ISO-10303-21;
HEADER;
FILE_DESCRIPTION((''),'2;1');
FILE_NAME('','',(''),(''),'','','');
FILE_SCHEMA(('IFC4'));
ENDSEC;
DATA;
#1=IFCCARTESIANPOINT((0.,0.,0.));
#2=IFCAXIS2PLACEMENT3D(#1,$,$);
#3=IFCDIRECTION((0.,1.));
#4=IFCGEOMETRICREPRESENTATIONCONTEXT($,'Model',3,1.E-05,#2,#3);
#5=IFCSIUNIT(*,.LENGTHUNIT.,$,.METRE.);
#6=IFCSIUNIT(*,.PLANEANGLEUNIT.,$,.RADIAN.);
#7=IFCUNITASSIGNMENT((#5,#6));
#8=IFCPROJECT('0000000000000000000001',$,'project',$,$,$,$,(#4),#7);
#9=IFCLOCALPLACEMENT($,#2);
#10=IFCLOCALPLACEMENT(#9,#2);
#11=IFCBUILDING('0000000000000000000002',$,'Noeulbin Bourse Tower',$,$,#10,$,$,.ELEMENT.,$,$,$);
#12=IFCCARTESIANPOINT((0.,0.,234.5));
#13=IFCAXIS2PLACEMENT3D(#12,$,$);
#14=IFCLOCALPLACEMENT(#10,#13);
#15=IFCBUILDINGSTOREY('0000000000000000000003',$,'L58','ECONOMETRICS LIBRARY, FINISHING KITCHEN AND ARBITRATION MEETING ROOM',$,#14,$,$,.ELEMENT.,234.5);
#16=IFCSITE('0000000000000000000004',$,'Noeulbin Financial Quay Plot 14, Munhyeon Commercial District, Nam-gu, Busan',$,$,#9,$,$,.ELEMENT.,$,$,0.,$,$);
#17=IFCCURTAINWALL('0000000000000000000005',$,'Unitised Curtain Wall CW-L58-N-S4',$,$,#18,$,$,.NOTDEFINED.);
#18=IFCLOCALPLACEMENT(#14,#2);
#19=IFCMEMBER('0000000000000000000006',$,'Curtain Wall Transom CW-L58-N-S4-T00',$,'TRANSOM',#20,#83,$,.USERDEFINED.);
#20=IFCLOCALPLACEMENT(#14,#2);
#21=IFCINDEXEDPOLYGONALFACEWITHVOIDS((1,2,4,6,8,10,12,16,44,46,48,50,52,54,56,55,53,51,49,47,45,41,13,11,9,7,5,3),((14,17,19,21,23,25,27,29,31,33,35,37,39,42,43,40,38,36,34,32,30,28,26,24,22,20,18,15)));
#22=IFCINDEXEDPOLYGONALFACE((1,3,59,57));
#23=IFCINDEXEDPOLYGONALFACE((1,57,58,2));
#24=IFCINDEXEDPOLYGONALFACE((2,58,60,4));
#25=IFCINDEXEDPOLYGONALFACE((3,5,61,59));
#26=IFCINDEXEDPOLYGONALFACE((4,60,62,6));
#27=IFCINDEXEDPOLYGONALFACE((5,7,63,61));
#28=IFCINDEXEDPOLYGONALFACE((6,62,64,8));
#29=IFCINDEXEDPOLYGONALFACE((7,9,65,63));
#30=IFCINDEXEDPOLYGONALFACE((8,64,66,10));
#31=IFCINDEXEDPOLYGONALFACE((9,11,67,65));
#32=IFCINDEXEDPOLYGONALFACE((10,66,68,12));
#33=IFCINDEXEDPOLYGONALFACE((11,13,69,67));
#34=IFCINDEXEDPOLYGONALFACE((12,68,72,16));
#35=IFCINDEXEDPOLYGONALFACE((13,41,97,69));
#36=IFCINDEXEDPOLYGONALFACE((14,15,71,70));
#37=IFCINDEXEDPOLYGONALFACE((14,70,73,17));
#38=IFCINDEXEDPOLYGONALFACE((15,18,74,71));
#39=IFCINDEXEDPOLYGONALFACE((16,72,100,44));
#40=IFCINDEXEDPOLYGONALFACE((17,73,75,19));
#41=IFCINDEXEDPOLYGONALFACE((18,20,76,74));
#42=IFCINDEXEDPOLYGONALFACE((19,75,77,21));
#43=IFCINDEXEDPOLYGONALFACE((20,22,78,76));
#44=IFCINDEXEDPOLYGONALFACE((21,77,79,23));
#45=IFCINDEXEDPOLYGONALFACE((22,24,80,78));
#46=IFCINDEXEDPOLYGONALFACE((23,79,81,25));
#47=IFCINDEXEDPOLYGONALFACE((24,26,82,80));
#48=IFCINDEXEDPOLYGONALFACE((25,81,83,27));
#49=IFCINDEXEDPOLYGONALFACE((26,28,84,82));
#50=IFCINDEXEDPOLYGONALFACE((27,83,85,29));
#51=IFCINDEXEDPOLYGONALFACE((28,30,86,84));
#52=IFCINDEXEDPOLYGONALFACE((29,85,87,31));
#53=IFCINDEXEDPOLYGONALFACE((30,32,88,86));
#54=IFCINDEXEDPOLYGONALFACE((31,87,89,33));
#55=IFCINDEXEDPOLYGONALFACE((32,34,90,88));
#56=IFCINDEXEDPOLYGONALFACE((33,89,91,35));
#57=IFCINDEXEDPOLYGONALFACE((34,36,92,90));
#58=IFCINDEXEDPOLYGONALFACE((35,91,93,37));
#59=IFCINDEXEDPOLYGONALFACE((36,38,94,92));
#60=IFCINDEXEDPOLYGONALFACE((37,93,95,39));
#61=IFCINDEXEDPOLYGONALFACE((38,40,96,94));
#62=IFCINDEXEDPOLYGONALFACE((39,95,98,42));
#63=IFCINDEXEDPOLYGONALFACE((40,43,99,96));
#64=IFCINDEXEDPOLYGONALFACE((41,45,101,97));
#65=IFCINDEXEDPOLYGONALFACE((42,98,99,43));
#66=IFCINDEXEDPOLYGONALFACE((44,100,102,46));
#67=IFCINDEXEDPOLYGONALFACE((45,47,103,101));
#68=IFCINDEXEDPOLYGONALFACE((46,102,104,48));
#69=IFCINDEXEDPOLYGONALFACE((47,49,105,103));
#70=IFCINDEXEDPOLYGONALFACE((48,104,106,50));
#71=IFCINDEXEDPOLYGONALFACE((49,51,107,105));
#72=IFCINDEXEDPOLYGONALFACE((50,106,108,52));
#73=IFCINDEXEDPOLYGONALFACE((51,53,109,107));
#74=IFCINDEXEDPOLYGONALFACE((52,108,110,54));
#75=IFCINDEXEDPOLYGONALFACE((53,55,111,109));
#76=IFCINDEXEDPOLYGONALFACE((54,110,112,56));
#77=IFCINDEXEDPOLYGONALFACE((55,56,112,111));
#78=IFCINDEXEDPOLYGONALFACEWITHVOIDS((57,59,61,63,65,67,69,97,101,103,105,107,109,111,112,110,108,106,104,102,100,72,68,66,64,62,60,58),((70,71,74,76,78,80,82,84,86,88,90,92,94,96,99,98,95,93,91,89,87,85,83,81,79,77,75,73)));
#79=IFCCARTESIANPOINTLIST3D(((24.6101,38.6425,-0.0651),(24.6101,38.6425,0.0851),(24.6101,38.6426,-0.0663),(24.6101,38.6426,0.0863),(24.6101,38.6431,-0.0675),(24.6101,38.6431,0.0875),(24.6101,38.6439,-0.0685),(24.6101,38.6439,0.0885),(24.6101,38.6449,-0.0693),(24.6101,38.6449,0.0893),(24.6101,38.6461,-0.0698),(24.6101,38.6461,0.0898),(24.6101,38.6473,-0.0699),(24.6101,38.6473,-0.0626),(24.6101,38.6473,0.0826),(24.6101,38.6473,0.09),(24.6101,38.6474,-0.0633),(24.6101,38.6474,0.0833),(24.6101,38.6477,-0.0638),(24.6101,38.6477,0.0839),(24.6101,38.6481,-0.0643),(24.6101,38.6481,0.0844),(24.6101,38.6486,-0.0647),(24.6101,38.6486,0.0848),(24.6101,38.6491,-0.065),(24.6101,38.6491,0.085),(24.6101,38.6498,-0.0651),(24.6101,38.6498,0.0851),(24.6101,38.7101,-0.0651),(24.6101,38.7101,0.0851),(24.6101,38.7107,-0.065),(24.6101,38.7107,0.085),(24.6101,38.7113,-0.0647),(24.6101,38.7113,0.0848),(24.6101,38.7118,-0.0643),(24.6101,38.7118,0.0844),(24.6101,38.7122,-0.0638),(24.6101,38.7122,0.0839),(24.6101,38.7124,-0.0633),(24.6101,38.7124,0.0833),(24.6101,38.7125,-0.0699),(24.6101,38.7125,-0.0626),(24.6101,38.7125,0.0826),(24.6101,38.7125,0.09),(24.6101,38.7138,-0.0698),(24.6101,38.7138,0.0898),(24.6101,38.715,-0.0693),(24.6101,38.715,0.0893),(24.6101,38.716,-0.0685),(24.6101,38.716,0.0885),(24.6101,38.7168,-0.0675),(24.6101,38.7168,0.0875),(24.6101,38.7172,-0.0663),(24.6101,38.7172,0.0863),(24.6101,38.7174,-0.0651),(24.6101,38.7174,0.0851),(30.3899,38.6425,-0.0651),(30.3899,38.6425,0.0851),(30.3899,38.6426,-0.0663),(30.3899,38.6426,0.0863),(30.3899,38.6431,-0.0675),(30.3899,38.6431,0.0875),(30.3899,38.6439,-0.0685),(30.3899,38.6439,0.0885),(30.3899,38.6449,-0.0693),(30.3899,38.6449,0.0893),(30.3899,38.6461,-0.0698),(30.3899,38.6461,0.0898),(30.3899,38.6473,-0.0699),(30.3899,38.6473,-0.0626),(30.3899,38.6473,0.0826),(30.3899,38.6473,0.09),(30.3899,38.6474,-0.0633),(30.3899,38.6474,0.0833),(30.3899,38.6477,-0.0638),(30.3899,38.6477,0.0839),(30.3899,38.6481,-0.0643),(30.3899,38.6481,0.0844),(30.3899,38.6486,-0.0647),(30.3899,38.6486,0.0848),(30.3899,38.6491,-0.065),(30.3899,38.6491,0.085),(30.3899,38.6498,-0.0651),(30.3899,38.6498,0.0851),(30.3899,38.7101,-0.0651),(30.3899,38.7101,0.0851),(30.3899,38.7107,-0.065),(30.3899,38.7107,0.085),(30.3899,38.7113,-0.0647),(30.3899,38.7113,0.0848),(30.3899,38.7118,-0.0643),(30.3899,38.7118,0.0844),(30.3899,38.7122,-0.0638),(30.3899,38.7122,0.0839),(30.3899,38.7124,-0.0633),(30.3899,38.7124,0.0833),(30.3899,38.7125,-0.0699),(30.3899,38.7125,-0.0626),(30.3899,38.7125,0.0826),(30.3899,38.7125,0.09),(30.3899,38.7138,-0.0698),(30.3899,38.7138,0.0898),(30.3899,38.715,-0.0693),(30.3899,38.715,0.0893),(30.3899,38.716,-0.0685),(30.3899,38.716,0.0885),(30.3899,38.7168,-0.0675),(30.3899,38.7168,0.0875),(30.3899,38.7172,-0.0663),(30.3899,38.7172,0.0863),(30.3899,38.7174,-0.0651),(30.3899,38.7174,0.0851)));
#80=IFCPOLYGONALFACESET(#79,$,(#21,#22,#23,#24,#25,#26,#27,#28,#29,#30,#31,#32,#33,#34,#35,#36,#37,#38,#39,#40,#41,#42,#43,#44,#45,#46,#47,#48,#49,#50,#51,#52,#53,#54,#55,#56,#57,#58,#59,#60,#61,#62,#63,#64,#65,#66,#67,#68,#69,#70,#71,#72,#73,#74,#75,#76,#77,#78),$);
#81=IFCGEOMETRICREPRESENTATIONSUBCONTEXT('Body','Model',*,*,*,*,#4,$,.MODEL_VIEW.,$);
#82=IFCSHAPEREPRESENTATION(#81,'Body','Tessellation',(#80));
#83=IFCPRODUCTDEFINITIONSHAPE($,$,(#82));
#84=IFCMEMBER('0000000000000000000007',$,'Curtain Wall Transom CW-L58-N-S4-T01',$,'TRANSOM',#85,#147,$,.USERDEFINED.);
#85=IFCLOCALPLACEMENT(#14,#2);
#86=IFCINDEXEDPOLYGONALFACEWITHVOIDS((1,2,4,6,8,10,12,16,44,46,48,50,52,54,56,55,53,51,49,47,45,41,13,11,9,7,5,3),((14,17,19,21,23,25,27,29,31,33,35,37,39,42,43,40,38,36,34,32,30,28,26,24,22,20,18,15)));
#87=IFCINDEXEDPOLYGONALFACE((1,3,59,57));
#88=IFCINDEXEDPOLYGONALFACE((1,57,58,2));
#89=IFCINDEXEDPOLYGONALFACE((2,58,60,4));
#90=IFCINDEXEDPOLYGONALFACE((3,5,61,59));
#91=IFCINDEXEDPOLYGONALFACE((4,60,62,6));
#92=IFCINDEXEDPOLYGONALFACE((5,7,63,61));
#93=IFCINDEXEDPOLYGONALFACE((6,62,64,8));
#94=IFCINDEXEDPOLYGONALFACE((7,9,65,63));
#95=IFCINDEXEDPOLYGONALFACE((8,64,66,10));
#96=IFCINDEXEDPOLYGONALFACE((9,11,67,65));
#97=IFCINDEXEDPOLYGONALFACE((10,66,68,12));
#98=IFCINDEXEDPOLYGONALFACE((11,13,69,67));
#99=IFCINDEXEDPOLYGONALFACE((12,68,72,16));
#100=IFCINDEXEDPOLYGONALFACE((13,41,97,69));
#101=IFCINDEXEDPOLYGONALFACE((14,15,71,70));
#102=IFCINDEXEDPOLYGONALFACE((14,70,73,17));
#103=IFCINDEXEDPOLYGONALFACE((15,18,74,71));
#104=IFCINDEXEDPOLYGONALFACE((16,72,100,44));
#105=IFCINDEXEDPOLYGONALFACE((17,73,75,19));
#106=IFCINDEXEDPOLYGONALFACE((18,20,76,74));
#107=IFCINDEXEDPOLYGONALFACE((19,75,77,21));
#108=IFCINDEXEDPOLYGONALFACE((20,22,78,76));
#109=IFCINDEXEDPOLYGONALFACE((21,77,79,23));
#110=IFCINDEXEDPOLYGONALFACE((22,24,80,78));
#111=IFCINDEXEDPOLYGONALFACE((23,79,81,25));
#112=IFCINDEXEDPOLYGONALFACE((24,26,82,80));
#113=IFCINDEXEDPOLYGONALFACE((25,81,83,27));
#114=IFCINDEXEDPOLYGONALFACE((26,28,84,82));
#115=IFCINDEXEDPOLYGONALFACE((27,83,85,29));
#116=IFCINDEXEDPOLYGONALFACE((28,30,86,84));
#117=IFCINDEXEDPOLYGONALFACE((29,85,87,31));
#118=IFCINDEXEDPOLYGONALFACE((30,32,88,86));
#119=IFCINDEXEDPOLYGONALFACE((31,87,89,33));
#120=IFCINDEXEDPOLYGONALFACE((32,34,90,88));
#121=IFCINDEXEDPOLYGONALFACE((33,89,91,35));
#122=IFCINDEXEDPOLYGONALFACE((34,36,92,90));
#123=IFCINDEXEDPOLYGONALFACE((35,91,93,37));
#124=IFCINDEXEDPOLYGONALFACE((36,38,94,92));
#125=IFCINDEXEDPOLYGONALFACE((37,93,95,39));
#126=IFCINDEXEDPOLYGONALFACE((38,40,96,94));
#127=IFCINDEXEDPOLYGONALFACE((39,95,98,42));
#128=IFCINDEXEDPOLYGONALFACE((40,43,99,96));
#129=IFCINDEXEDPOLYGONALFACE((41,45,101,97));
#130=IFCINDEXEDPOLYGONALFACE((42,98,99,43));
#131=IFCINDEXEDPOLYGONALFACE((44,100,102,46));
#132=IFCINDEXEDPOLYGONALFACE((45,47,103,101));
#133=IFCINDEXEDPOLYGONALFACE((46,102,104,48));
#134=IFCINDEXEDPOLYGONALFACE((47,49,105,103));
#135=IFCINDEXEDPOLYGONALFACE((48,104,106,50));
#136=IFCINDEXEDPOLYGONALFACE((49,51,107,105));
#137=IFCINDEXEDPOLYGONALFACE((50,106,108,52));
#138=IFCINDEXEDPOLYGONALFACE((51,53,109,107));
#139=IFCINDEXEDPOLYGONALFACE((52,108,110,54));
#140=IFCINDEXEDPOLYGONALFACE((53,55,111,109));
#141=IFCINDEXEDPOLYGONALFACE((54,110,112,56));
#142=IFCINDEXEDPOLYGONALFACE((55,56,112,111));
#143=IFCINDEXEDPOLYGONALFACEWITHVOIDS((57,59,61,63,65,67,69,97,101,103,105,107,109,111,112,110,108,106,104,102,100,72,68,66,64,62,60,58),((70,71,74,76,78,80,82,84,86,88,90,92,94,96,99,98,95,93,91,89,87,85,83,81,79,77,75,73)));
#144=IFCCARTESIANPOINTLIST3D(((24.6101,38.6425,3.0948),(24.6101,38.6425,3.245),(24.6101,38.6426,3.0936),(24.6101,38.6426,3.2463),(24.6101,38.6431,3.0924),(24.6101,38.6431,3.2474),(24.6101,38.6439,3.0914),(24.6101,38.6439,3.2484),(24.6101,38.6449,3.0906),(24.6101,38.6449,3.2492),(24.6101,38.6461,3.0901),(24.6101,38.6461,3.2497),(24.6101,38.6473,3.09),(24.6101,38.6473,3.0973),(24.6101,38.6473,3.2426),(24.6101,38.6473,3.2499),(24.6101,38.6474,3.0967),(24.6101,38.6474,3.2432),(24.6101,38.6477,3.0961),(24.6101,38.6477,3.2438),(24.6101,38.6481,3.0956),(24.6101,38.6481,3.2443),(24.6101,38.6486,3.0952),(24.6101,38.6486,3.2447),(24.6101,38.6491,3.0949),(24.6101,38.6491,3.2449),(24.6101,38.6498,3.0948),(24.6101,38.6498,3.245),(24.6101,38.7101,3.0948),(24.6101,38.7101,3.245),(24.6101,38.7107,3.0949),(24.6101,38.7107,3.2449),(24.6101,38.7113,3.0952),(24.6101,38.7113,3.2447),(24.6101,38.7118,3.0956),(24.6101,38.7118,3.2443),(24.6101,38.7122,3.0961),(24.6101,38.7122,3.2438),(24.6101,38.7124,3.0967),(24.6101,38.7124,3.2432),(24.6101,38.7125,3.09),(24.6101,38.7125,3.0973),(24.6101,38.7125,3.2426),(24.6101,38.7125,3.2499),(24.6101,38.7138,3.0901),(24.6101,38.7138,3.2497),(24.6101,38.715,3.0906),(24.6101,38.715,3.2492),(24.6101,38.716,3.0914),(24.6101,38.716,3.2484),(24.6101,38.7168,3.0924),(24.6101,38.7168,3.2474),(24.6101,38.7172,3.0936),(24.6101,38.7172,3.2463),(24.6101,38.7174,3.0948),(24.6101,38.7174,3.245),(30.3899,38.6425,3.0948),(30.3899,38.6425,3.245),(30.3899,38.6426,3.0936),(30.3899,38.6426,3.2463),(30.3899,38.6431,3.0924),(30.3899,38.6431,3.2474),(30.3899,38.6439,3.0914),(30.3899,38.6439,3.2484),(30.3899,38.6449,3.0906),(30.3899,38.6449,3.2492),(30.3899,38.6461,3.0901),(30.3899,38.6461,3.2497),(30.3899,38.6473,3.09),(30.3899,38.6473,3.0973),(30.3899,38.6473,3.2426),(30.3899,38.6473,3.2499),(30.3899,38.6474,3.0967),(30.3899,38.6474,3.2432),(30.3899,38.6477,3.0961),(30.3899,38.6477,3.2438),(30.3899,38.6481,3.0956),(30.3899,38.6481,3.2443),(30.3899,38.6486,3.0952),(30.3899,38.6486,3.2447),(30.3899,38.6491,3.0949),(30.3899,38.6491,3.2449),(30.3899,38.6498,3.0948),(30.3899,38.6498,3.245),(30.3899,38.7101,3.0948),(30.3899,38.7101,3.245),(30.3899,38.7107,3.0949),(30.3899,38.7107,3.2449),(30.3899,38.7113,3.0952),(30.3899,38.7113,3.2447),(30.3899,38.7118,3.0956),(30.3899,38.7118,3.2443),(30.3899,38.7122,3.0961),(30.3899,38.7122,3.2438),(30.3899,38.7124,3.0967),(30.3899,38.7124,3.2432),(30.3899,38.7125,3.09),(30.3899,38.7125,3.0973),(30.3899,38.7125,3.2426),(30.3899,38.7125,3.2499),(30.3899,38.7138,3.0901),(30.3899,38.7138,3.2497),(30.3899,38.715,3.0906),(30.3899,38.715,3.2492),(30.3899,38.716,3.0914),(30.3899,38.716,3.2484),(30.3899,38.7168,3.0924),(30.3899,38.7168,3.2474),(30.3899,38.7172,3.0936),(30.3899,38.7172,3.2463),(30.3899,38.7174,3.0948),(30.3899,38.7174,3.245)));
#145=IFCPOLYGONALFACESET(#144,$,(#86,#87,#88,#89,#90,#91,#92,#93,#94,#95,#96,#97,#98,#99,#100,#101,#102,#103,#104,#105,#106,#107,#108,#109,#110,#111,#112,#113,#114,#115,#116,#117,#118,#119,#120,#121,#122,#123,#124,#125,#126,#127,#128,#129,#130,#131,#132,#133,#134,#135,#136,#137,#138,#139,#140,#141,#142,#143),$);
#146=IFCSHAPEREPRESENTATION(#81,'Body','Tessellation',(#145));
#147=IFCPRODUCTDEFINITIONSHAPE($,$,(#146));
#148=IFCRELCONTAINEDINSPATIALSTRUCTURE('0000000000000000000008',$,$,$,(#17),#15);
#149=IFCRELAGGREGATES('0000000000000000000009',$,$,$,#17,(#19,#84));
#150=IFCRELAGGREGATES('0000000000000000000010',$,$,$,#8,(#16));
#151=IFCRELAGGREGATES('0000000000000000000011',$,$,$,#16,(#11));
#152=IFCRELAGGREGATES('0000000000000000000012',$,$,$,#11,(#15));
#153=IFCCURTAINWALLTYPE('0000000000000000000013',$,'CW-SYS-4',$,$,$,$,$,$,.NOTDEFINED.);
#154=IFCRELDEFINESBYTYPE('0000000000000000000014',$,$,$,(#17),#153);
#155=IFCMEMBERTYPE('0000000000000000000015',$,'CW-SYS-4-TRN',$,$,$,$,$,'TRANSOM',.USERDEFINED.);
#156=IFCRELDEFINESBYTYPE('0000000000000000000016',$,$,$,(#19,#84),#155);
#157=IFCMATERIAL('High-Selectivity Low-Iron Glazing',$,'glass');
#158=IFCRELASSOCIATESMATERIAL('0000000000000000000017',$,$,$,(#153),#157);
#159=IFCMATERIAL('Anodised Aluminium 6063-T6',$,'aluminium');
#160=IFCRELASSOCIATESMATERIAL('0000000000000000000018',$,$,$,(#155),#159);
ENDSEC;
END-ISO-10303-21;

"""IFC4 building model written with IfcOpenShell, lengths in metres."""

from ifc_helpers import new_model, si_unit, direction, frame, origin, origin_2d, place, context, subcontext, project, spatial, hollow_rectangle, extrude, material, material_profile, profile_set, type_object, element, aggregate, save


model = new_model("IFC4")

# Units and contexts
model_context = context("Model", 3, precision=1e-05, world=origin(), true_north=direction((0.0, 1.0)))
body_context = subcontext(model_context, "Body", "Model", "MODEL_VIEW")
ifc_project = project(units=[si_unit("LENGTHUNIT", "METRE"), si_unit("PLANEANGLEUNIT", "RADIAN")], contexts=[model_context])

# Site, building, storey
site_placement = place(None, origin())
site = spatial("IfcSite", under=ifc_project, at=site_placement, Name="Noeulbin Financial Quay Plot 14, Munhyeon Commercial District, Nam-gu, Busan", CompositionType="ELEMENT", RefElevation=0.0)
building_placement = place(site_placement, origin())
building = spatial("IfcBuilding", under=site, at=building_placement, Name="Noeulbin Bourse Tower", CompositionType="ELEMENT")
storey_placement = place(building_placement, frame((0.0, 0.0, 234.5)))
storey = spatial("IfcBuildingStorey", under=building, at=storey_placement, Name="L58", Description="ECONOMETRICS LIBRARY, FINISHING KITCHEN AND ARBITRATION MEETING ROOM", CompositionType="ELEMENT", Elevation=234.5)

# Curtain wall
ifc_material_1 = material(Name="High-Selectivity Low-Iron Glazing", Category="glass")
curtain_wall_type = type_object("IfcCurtainWallType", Name="CW-SYS-4", PredefinedType="NOTDEFINED", material=ifc_material_1)
curtain_wall_1_placement = place(storey_placement, origin())
curtain_wall_1 = element("IfcCurtainWall", 1, at=curtain_wall_1_placement, inside=storey, type_object=curtain_wall_type, Name="Unitised Curtain Wall CW-L58-N-S4", PredefinedType="NOTDEFINED")
ifc_material_2 = material(Name="Anodised Aluminium 6063-T6", Category="aluminium")

# Members
ifc_material_profile_1 = material_profile(ifc_material_2, hollow_rectangle(XDim=0.075, YDim=0.1599, WallThickness=0.0049, InnerFilletRadius=0.0024, OuterFilletRadius=0.0049, at=origin_2d()), Name="ALU-TRAN-75x160x5", Category="LoadBearing")
ifc_profile_set_1 = profile_set([ifc_material_profile_1], Name="Anodised Aluminium 6063-T6")
member_type_1 = type_object("IfcMemberType", Name="CW-SYS-4-TRN", ElementType="TRANSOM", PredefinedType="USERDEFINED", material=ifc_profile_set_1)
member_1_placement = place(storey_placement, frame((24.6101, 38.6799, 0.01), z_axis=(1.0, 0.0, 0.0), x_axis=(0.0, 1.0, 0.0)))
member_1 = element("IfcMember", 2, at=member_1_placement, type_object=member_type_1, Name="Curtain Wall Transom CW-L58-N-S4-T00", ObjectType="TRANSOM", PredefinedType="USERDEFINED", context=body_context, shape_type="SweptSolid", body=[
    extrude(hollow_rectangle(XDim=0.075, YDim=0.1599, WallThickness=0.0049, InnerFilletRadius=0.0024, OuterFilletRadius=0.0049, at=origin_2d()), origin(), (0.0, 0.0, 1.0), 5.7798),
])
member_2_placement = place(storey_placement, frame((24.6101, 38.6799, 3.1699), z_axis=(1.0, 0.0, 0.0), x_axis=(0.0, 1.0, 0.0)))
member_2 = element("IfcMember", 3, at=member_2_placement, type_object=member_type_1, Name="Curtain Wall Transom CW-L58-N-S4-T01", ObjectType="TRANSOM", PredefinedType="USERDEFINED", context=body_context, shape_type="SweptSolid", body=[
    extrude(hollow_rectangle(XDim=0.075, YDim=0.1599, WallThickness=0.0049, InnerFilletRadius=0.0024, OuterFilletRadius=0.0049, at=origin_2d()), origin(), (0.0, 0.0, 1.0), 5.7798),
])

aggregate(curtain_wall_1, [member_1, member_2])

save(model, "model.ifc")
